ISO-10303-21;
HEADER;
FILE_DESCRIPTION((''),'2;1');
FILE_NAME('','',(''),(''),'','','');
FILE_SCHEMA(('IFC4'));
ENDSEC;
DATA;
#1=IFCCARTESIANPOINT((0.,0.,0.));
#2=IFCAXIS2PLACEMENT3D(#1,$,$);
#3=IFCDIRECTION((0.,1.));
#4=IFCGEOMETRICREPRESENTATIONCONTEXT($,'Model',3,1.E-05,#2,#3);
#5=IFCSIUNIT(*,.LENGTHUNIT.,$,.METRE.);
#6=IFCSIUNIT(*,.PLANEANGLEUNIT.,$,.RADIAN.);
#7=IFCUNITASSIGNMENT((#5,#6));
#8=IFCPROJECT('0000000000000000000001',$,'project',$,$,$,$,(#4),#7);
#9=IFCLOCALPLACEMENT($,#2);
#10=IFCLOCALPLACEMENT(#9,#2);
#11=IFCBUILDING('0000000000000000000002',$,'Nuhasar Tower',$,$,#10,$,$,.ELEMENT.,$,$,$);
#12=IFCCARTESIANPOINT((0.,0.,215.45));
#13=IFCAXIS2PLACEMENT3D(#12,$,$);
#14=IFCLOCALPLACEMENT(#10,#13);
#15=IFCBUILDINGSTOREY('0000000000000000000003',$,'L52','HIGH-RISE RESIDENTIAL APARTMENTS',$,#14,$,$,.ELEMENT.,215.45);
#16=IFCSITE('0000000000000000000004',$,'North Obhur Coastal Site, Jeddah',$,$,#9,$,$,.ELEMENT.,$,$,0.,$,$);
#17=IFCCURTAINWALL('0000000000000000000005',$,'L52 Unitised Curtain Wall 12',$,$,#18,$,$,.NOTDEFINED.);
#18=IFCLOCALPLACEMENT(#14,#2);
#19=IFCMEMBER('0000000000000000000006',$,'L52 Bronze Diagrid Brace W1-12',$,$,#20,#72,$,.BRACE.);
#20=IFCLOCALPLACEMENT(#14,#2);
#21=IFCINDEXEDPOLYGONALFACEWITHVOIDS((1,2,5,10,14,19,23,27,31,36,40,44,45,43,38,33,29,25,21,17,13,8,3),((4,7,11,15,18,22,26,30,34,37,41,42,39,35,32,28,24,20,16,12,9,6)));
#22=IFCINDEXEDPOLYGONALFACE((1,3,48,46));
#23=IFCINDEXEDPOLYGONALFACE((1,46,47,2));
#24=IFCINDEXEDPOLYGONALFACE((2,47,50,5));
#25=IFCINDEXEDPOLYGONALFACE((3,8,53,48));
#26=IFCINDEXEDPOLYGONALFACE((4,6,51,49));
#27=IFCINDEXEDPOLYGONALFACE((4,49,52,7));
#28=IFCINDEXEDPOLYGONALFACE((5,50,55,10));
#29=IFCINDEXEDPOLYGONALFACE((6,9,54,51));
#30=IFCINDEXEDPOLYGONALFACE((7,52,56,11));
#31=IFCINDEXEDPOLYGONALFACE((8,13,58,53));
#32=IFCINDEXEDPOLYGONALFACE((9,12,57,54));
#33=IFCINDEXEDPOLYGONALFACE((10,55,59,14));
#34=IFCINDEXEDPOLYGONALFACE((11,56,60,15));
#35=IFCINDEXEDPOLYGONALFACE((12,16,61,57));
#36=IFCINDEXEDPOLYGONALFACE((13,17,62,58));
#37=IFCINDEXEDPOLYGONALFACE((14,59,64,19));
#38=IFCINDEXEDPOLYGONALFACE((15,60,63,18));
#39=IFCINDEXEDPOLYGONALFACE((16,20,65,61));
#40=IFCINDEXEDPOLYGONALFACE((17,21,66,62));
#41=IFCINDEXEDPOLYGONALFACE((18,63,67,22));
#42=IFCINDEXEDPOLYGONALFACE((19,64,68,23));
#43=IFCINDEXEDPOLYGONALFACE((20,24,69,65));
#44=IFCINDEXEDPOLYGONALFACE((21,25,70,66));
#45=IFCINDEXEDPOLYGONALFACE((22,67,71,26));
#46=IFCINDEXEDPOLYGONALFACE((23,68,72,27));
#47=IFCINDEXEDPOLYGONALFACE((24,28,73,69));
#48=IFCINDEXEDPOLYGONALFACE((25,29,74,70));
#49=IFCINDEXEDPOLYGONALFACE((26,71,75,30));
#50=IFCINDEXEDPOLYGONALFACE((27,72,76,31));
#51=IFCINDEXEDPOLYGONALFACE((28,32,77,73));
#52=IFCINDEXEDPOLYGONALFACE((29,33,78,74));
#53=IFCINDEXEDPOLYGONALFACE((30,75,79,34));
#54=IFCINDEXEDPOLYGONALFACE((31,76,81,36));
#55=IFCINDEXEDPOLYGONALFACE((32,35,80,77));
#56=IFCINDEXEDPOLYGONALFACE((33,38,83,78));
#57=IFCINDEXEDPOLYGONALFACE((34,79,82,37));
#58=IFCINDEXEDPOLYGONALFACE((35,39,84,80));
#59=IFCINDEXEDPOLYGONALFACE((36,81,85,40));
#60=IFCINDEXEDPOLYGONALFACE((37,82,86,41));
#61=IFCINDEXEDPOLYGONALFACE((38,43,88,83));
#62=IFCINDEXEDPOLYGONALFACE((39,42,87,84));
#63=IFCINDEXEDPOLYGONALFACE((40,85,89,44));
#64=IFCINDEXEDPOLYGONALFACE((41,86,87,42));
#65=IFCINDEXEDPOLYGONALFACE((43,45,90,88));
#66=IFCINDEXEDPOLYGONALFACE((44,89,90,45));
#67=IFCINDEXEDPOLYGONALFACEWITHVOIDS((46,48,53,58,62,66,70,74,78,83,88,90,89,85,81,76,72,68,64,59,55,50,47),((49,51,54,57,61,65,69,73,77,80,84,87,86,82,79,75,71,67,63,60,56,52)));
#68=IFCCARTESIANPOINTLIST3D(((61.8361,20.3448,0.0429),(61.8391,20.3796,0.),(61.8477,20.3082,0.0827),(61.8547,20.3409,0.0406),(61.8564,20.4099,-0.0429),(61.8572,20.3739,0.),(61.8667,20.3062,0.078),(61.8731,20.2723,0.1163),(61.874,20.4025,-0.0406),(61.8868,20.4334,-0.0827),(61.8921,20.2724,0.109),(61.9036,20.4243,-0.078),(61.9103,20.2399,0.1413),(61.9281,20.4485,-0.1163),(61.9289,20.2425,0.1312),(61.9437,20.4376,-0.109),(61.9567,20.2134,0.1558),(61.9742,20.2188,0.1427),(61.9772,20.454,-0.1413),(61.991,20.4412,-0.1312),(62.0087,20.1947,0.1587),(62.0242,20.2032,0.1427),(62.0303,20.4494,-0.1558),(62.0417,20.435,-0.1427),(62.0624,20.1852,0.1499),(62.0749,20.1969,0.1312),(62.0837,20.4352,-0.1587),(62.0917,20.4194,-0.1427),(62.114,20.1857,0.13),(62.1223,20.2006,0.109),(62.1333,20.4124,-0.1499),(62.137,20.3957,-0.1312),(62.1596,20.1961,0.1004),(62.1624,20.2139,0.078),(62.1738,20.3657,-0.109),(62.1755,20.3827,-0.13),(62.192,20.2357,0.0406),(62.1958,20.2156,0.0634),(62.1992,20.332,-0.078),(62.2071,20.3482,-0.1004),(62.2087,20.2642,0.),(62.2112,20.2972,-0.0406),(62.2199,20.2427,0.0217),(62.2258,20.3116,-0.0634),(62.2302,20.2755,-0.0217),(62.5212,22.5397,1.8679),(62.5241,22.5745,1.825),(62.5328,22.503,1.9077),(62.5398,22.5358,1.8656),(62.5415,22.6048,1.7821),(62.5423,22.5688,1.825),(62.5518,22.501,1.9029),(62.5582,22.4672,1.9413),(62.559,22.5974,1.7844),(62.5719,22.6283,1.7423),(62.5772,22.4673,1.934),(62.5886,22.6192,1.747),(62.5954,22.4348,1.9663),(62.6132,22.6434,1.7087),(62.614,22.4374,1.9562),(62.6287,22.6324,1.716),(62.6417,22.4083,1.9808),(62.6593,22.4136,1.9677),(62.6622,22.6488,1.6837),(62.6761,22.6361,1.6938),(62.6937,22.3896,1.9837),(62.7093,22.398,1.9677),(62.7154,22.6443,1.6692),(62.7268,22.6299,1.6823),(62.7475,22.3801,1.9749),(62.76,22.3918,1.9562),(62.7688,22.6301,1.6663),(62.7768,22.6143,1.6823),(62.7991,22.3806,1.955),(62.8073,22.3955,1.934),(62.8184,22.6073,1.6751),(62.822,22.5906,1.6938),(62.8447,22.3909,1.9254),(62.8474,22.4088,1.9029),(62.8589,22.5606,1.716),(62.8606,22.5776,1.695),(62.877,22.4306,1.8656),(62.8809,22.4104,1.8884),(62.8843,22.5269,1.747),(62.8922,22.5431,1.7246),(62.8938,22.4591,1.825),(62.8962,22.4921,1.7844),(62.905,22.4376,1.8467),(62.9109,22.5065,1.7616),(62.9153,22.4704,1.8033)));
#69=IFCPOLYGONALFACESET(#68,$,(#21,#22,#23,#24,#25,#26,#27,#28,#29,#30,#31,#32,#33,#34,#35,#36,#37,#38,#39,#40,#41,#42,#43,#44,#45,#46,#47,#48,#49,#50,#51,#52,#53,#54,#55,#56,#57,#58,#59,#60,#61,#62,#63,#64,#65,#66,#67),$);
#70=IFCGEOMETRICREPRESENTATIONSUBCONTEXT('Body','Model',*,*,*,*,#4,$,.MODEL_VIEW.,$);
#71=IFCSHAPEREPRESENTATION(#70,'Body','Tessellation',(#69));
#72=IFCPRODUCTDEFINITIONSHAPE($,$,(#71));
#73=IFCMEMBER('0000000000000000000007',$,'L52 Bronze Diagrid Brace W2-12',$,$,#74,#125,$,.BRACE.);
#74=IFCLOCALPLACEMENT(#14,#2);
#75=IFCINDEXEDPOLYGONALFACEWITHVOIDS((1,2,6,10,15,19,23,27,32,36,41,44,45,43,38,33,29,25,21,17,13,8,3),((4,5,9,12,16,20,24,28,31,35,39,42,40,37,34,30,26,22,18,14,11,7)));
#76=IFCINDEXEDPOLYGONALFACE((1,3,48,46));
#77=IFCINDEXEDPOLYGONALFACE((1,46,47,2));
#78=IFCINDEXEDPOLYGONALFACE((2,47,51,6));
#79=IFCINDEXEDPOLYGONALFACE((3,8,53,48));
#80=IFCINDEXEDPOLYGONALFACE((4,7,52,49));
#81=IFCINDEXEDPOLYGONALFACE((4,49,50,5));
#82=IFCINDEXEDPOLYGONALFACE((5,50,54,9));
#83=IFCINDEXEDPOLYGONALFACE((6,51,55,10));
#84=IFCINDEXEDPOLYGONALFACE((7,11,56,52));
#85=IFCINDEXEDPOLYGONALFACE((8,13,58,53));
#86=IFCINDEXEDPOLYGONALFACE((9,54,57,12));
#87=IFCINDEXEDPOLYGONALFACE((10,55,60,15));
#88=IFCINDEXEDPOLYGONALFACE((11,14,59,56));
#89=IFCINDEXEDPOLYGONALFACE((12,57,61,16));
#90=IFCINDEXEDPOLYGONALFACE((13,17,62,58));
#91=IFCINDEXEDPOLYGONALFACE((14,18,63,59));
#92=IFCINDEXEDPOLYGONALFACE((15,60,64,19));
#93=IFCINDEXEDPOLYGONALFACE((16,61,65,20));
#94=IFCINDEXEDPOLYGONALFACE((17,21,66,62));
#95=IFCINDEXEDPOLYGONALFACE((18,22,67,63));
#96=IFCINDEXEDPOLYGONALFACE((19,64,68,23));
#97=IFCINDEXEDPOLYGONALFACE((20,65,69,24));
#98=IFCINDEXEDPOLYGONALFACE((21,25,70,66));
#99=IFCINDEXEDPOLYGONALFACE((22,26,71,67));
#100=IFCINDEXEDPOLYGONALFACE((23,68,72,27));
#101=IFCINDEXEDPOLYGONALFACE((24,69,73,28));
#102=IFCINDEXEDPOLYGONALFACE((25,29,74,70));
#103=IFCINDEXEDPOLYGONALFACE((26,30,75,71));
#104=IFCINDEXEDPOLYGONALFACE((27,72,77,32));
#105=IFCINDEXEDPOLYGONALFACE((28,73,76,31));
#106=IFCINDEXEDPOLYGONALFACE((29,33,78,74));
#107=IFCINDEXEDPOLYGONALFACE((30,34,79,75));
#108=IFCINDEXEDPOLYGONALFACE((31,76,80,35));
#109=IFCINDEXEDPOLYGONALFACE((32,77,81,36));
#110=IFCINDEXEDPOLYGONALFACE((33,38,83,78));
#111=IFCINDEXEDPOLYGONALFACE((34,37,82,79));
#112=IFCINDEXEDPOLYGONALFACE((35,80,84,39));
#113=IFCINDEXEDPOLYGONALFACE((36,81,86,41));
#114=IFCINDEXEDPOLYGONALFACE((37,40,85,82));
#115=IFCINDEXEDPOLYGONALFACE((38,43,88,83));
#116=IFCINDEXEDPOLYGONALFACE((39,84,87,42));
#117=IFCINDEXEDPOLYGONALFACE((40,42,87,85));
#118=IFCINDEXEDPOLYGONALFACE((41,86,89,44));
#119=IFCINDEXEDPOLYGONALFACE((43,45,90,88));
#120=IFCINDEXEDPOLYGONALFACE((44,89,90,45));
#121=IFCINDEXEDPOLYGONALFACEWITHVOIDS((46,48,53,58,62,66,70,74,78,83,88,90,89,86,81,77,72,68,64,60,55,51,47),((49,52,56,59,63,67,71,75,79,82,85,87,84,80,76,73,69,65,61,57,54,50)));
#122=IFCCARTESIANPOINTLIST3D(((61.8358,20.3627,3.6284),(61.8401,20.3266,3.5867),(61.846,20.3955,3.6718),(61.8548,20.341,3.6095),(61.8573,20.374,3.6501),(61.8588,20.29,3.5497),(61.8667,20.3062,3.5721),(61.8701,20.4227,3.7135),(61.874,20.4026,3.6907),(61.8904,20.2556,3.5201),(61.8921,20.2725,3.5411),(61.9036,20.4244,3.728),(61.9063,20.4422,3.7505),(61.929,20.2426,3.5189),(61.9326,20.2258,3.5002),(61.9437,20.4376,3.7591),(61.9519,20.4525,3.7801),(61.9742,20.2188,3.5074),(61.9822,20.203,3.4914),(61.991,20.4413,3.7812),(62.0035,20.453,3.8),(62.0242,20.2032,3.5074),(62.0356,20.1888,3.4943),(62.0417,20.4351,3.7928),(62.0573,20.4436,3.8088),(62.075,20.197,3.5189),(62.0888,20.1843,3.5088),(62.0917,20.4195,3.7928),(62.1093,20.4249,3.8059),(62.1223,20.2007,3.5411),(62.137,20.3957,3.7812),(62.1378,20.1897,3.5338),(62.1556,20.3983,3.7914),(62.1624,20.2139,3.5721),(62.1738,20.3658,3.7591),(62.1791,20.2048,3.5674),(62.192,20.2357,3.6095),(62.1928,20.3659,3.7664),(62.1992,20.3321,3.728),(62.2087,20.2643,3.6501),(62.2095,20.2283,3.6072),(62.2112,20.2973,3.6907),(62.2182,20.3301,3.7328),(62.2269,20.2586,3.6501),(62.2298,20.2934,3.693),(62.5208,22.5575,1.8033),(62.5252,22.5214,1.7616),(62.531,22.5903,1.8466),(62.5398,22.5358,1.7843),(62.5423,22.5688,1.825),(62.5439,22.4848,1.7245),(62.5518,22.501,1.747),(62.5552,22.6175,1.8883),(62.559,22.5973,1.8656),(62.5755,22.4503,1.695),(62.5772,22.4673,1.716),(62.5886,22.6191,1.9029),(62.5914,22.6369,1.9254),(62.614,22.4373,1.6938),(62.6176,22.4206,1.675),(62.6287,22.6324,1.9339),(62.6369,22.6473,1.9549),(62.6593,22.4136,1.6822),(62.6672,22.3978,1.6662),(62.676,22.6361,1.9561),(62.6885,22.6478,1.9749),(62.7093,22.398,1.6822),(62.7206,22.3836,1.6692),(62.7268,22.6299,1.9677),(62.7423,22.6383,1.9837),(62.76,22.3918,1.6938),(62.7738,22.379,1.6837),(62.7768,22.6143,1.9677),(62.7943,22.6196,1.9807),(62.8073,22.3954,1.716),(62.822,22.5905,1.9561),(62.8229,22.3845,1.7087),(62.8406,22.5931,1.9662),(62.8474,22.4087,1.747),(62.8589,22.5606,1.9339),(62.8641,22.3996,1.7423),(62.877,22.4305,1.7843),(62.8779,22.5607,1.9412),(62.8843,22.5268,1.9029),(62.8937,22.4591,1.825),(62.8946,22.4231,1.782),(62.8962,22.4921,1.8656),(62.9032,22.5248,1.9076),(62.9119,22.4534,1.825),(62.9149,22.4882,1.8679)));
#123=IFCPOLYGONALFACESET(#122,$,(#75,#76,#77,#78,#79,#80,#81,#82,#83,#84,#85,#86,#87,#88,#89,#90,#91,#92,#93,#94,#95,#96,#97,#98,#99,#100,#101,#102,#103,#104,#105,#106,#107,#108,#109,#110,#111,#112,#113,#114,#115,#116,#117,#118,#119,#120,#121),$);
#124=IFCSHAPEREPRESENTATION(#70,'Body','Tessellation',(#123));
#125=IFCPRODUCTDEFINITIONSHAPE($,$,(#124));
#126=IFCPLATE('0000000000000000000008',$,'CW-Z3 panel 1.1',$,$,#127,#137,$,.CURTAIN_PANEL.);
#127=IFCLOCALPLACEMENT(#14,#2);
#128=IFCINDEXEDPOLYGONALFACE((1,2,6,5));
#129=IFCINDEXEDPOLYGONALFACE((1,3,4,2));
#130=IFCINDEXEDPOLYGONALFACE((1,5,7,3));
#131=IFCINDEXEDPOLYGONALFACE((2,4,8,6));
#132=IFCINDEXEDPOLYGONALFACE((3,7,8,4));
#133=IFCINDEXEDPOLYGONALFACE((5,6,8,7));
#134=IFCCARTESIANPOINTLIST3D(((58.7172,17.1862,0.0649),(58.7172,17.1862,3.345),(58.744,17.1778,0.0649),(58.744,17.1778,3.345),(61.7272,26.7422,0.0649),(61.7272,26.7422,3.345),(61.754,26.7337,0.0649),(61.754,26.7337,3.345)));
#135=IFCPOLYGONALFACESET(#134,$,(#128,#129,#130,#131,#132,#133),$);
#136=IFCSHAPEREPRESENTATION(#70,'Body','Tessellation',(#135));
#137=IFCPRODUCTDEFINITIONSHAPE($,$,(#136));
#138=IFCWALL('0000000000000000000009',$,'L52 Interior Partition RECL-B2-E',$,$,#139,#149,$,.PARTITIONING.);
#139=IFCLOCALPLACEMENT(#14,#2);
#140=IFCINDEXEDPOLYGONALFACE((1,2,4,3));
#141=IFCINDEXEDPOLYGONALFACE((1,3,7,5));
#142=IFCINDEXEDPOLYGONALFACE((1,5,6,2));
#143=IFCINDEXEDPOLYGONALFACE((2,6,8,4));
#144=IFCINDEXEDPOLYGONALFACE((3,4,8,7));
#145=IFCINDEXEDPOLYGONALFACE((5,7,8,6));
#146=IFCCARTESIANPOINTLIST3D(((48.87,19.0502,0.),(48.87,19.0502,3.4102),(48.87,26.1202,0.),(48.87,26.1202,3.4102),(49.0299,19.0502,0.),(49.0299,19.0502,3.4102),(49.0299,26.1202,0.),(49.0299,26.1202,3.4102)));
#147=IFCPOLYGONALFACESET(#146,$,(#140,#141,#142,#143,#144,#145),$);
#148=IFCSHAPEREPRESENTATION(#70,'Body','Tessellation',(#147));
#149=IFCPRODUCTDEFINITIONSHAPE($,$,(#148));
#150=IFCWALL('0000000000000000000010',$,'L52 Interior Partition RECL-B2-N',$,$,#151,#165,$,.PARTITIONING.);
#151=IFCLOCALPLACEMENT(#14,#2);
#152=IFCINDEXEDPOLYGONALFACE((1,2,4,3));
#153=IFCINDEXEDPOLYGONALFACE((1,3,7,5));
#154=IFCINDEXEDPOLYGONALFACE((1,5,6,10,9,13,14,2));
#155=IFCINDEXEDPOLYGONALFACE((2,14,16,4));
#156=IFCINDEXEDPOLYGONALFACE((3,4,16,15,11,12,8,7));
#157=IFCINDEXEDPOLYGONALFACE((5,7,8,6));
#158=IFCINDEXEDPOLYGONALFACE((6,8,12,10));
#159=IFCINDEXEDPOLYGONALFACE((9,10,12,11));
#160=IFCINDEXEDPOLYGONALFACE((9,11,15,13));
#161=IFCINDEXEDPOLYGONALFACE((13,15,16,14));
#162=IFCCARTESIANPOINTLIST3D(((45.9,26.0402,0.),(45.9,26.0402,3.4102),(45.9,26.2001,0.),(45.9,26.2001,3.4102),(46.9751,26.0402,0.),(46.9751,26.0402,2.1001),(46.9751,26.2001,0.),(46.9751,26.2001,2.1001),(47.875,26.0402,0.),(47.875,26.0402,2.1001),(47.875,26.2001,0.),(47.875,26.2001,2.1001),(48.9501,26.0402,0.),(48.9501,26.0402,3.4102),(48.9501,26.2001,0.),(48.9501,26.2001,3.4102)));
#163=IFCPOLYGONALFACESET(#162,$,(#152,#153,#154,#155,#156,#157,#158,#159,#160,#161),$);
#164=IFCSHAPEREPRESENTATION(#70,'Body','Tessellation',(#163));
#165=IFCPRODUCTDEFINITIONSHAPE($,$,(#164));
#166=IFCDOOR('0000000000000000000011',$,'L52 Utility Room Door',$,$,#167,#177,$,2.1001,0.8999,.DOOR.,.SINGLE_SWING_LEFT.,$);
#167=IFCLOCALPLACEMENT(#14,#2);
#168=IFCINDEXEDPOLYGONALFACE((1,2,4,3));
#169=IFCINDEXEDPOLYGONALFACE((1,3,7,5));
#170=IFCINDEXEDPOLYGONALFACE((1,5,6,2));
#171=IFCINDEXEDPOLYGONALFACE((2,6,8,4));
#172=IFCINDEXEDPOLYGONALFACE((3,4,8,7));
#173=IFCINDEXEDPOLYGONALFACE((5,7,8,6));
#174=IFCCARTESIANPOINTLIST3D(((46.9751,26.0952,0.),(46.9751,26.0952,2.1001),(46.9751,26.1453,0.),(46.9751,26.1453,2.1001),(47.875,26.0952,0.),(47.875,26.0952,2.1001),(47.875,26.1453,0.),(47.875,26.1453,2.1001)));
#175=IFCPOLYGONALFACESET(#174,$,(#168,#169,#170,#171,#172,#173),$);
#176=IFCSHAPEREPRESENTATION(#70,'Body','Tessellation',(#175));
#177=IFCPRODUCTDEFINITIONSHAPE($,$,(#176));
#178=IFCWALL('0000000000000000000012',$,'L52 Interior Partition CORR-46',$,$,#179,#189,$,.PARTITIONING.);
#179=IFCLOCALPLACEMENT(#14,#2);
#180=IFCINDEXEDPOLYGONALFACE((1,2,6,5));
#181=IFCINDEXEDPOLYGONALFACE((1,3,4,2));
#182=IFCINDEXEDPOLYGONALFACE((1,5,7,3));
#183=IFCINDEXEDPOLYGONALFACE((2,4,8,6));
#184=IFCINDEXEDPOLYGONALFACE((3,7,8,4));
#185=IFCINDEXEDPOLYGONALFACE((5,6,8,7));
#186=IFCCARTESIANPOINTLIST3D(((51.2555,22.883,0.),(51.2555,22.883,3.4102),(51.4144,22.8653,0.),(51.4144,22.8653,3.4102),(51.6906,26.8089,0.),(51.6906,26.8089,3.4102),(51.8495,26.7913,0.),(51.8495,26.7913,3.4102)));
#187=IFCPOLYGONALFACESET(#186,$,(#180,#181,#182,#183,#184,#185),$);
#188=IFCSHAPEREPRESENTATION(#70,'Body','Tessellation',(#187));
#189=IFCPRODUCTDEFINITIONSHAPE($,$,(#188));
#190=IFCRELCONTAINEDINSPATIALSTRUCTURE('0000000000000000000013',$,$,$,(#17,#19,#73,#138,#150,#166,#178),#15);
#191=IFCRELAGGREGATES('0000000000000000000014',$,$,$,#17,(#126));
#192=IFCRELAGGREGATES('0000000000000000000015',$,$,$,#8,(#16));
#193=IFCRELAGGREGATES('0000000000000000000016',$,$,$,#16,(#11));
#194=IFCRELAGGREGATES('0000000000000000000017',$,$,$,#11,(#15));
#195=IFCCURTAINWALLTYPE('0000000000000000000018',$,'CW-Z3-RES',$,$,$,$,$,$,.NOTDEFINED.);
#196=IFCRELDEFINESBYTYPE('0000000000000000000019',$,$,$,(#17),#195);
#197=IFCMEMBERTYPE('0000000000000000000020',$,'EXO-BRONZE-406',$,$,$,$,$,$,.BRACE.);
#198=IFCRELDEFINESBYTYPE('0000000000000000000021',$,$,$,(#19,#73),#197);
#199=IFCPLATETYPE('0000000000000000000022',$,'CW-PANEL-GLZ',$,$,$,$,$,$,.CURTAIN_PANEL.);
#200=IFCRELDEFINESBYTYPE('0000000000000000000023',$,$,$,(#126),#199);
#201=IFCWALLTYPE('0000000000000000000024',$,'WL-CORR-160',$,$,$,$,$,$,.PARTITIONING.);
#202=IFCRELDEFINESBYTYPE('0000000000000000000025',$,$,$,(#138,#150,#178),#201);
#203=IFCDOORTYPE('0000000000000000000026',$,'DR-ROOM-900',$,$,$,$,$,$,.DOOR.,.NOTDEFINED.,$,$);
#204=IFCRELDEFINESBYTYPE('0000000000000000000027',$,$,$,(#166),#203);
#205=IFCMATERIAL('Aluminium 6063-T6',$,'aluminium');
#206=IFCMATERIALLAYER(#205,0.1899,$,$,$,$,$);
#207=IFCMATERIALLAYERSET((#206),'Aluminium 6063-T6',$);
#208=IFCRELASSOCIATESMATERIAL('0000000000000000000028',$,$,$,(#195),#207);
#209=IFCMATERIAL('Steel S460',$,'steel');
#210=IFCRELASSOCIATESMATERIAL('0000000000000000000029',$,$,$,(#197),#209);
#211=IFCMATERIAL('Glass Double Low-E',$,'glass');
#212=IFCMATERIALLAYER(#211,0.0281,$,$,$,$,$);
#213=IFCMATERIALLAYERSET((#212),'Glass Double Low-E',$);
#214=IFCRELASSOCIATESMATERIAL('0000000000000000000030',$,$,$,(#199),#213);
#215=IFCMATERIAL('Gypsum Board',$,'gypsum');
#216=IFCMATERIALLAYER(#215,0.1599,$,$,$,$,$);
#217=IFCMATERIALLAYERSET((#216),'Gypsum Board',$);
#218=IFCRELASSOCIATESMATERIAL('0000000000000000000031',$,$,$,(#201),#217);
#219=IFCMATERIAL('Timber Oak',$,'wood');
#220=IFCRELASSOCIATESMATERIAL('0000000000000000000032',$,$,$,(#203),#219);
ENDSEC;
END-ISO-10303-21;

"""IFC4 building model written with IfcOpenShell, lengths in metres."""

from ifc_helpers import new_model, si_unit, direction, frame, frame_2d, origin, origin_2d, place, context, subcontext, project, spatial, rectangle, hollow_circle, extrude, material, layer, layer_set, material_profile, profile_set, type_object, element, fill, aggregate, save


model = new_model("IFC4")

# Units and contexts
model_context = context("Model", 3, precision=1e-05, world=origin(), true_north=direction((0.0, 1.0)))
body_context = subcontext(model_context, "Body", "Model", "MODEL_VIEW")
ifc_project = project(units=[si_unit("LENGTHUNIT", "METRE"), si_unit("PLANEANGLEUNIT", "RADIAN")], contexts=[model_context])

# Site, building, storey
site_placement = place(None, origin())
site = spatial("IfcSite", under=ifc_project, at=site_placement, Name="North Obhur Coastal Site, Jeddah", CompositionType="ELEMENT", RefElevation=0.0)
building_placement = place(site_placement, origin())
building = spatial("IfcBuilding", under=site, at=building_placement, Name="Nuhasar Tower", CompositionType="ELEMENT")
storey_placement = place(building_placement, frame((0.0, 0.0, 215.45)))
storey = spatial("IfcBuildingStorey", under=building, at=storey_placement, Name="L52", Description="HIGH-RISE RESIDENTIAL APARTMENTS", CompositionType="ELEMENT", Elevation=215.45)

# Curtain wall
ifc_material_1 = material(Name="Aluminium 6063-T6", Category="aluminium")
ifc_layer_1 = layer(ifc_material_1, 0.1899)
ifc_layer_set_1 = layer_set([ifc_layer_1], Name="Aluminium 6063-T6")
curtain_wall_type = type_object("IfcCurtainWallType", Name="CW-Z3-RES", PredefinedType="NOTDEFINED", material=ifc_layer_set_1)
curtain_wall_placement = place(storey_placement, origin())
curtain_wall = element("IfcCurtainWall", 1, at=curtain_wall_placement, inside=storey, type_object=curtain_wall_type, Name="L52 Unitised Curtain Wall 12", PredefinedType="NOTDEFINED")

# Members
ifc_material_2 = material(Name="Steel S460", Category="steel")
ifc_material_profile_1 = material_profile(ifc_material_2, hollow_circle(Radius=0.2031, WallThickness=0.019, at=origin_2d()), Name="HSS406.4X19.1")
ifc_profile_set_1 = profile_set([ifc_material_profile_1], Name="Steel S460")
member_type_1 = type_object("IfcMemberType", Name="EXO-BRONZE-406", PredefinedType="BRACE", material=ifc_profile_set_1)
for number, where, z_axis, x_axis, name in (
    (2, (62.033, 20.3191, 0.0), (0.233372, 0.74769, 0.621689), (-0.954582, 0.297948, 0.0), "L52 Bronze Diagrid Brace W1-12"),
    (3, (62.718, 22.5139, 1.825), (-0.23336, -0.747651, 0.62174), (0.954582, -0.297948, 0.0), "L52 Bronze Diagrid Brace W2-12"),
):
    element("IfcMember", number, at=place(storey_placement, frame(where, z_axis=z_axis, x_axis=x_axis)), inside=storey, type_object=member_type_1, Name=name, PredefinedType="BRACE", context=body_context, shape_type="SweptSolid", body=[
        extrude(hollow_circle(Radius=0.2031, WallThickness=0.019, at=origin_2d()), origin(), (0.0, 0.0, 1.0), 2.9355),
    ])

# Plate
ifc_material_3 = material(Name="Glass Double Low-E", Category="glass")
ifc_layer_2 = layer(ifc_material_3, 0.0281)
ifc_layer_set_2 = layer_set([ifc_layer_2], Name="Glass Double Low-E")
plate_type = type_object("IfcPlateType", Name="CW-PANEL-GLZ", PredefinedType="CURTAIN_PANEL", material=ifc_layer_set_2)
plate_placement = place(storey_placement, frame((60.2356, 21.96, 0.0649), z_axis=(0.0, 0.0, 1.0), x_axis=(0.300429, 0.953804, 0.0)))
plate = element("IfcPlate", 4, at=plate_placement, type_object=plate_type, Name="CW-Z3 panel 1.1", PredefinedType="CURTAIN_PANEL", context=body_context, shape_type="SweptSolid", body=[
    extrude(rectangle(XDim=10.0188, YDim=0.0281, at=origin_2d()), origin(), (0.0, 0.0, 1.0), 3.28),
])
aggregate(curtain_wall, [plate])

# Wall
ifc_material_4 = material(Name="Gypsum Board", Category="gypsum")
ifc_layer_3 = layer(ifc_material_4, 0.1599)
ifc_layer_set_3 = layer_set([ifc_layer_3], Name="Gypsum Board")
wall_type_1 = type_object("IfcWallType", Name="WL-CORR-160", PredefinedType="PARTITIONING", material=ifc_layer_set_3)
wall_1_placement = place(storey_placement, frame((48.95, 19.05, 0.0), z_axis=(0.0, 0.0, 1.0), x_axis=(0.0, 1.0, 0.0)))
element("IfcWall", 5, at=wall_1_placement, inside=storey, type_object=wall_type_1, Name="L52 Interior Partition RECL-B2-E", PredefinedType="PARTITIONING", context=body_context, shape_type="SweptSolid", body=[
    extrude(rectangle(XDim=7.0701, YDim=0.1599, at=frame_2d((3.5352, 0.0))), origin(), (0.0, 0.0, 1.0), 3.4102),
])

# Wall, opening, door
wall_2_placement = place(storey_placement, frame((48.95, 26.1201, 0.0), z_axis=(0.0, 0.0, 1.0), x_axis=(-1.0, 0.0, 0.0)))
wall_2 = element("IfcWall", 6, at=wall_2_placement, inside=storey, type_object=wall_type_1, Name="L52 Interior Partition RECL-B2-N", PredefinedType="PARTITIONING", context=body_context, shape_type="SweptSolid", body=[
    extrude(rectangle(XDim=3.05, YDim=0.1599, at=frame_2d((1.5249, 0.0))), origin(), (0.0, 0.0, 1.0), 3.4102),
])
opening_1_placement = place(wall_2_placement, frame((1.075, 0.0, 0.0)))
opening_1 = element("IfcOpeningElement", 7, at=opening_1_placement, cuts=wall_2, PredefinedType="OPENING", context=body_context, shape_type="SweptSolid", body=[
    extrude(rectangle(XDim=0.8999, YDim=2.1001, at=frame_2d((0.45, 1.05))), frame((0.0, 0.0898, 0.0), z_axis=(0.0, -1.0, 0.0), x_axis=(1.0, 0.0, 0.0)), (0.0, 0.0, 1.0), 0.1799),
])
ifc_material_5 = material(Name="Timber Oak", Category="wood")
door_type_1 = type_object("IfcDoorType", Name="DR-ROOM-900", OperationType="NOTDEFINED", PredefinedType="DOOR", material=ifc_material_5)
door_1_placement = place(opening_1_placement, origin())
door_1 = element("IfcDoor", 8, at=door_1_placement, inside=storey, type_object=door_type_1, Name="L52 Utility Room Door", OperationType="SINGLE_SWING_LEFT", OverallHeight=2.1001, OverallWidth=0.8999, PredefinedType="DOOR", context=body_context, shape_type="SweptSolid", body=[
    extrude(rectangle(XDim=0.8999, YDim=2.1001, at=frame_2d((0.45, 1.05))), frame((0.0, 0.0249, 0.0), z_axis=(0.0, -1.0, 0.0), x_axis=(1.0, 0.0, 0.0)), (0.0, 0.0, 1.0), 0.05),
])
fill(opening_1, door_1)

# Wall
wall_3_placement = place(storey_placement, frame((51.335, 22.874, 0.0), z_axis=(0.0, 0.0, 1.0), x_axis=(0.11014, 0.993916, 0.0)))
element("IfcWall", 9, at=wall_3_placement, inside=storey, type_object=wall_type_1, Name="L52 Interior Partition CORR-46", PredefinedType="PARTITIONING", context=body_context, shape_type="SweptSolid", body=[
    extrude(rectangle(XDim=3.95, YDim=0.1599, at=frame_2d((1.9751, 0.0))), origin(), (0.0, 0.0, 1.0), 3.4102),
])

save(model, "model.ifc")
